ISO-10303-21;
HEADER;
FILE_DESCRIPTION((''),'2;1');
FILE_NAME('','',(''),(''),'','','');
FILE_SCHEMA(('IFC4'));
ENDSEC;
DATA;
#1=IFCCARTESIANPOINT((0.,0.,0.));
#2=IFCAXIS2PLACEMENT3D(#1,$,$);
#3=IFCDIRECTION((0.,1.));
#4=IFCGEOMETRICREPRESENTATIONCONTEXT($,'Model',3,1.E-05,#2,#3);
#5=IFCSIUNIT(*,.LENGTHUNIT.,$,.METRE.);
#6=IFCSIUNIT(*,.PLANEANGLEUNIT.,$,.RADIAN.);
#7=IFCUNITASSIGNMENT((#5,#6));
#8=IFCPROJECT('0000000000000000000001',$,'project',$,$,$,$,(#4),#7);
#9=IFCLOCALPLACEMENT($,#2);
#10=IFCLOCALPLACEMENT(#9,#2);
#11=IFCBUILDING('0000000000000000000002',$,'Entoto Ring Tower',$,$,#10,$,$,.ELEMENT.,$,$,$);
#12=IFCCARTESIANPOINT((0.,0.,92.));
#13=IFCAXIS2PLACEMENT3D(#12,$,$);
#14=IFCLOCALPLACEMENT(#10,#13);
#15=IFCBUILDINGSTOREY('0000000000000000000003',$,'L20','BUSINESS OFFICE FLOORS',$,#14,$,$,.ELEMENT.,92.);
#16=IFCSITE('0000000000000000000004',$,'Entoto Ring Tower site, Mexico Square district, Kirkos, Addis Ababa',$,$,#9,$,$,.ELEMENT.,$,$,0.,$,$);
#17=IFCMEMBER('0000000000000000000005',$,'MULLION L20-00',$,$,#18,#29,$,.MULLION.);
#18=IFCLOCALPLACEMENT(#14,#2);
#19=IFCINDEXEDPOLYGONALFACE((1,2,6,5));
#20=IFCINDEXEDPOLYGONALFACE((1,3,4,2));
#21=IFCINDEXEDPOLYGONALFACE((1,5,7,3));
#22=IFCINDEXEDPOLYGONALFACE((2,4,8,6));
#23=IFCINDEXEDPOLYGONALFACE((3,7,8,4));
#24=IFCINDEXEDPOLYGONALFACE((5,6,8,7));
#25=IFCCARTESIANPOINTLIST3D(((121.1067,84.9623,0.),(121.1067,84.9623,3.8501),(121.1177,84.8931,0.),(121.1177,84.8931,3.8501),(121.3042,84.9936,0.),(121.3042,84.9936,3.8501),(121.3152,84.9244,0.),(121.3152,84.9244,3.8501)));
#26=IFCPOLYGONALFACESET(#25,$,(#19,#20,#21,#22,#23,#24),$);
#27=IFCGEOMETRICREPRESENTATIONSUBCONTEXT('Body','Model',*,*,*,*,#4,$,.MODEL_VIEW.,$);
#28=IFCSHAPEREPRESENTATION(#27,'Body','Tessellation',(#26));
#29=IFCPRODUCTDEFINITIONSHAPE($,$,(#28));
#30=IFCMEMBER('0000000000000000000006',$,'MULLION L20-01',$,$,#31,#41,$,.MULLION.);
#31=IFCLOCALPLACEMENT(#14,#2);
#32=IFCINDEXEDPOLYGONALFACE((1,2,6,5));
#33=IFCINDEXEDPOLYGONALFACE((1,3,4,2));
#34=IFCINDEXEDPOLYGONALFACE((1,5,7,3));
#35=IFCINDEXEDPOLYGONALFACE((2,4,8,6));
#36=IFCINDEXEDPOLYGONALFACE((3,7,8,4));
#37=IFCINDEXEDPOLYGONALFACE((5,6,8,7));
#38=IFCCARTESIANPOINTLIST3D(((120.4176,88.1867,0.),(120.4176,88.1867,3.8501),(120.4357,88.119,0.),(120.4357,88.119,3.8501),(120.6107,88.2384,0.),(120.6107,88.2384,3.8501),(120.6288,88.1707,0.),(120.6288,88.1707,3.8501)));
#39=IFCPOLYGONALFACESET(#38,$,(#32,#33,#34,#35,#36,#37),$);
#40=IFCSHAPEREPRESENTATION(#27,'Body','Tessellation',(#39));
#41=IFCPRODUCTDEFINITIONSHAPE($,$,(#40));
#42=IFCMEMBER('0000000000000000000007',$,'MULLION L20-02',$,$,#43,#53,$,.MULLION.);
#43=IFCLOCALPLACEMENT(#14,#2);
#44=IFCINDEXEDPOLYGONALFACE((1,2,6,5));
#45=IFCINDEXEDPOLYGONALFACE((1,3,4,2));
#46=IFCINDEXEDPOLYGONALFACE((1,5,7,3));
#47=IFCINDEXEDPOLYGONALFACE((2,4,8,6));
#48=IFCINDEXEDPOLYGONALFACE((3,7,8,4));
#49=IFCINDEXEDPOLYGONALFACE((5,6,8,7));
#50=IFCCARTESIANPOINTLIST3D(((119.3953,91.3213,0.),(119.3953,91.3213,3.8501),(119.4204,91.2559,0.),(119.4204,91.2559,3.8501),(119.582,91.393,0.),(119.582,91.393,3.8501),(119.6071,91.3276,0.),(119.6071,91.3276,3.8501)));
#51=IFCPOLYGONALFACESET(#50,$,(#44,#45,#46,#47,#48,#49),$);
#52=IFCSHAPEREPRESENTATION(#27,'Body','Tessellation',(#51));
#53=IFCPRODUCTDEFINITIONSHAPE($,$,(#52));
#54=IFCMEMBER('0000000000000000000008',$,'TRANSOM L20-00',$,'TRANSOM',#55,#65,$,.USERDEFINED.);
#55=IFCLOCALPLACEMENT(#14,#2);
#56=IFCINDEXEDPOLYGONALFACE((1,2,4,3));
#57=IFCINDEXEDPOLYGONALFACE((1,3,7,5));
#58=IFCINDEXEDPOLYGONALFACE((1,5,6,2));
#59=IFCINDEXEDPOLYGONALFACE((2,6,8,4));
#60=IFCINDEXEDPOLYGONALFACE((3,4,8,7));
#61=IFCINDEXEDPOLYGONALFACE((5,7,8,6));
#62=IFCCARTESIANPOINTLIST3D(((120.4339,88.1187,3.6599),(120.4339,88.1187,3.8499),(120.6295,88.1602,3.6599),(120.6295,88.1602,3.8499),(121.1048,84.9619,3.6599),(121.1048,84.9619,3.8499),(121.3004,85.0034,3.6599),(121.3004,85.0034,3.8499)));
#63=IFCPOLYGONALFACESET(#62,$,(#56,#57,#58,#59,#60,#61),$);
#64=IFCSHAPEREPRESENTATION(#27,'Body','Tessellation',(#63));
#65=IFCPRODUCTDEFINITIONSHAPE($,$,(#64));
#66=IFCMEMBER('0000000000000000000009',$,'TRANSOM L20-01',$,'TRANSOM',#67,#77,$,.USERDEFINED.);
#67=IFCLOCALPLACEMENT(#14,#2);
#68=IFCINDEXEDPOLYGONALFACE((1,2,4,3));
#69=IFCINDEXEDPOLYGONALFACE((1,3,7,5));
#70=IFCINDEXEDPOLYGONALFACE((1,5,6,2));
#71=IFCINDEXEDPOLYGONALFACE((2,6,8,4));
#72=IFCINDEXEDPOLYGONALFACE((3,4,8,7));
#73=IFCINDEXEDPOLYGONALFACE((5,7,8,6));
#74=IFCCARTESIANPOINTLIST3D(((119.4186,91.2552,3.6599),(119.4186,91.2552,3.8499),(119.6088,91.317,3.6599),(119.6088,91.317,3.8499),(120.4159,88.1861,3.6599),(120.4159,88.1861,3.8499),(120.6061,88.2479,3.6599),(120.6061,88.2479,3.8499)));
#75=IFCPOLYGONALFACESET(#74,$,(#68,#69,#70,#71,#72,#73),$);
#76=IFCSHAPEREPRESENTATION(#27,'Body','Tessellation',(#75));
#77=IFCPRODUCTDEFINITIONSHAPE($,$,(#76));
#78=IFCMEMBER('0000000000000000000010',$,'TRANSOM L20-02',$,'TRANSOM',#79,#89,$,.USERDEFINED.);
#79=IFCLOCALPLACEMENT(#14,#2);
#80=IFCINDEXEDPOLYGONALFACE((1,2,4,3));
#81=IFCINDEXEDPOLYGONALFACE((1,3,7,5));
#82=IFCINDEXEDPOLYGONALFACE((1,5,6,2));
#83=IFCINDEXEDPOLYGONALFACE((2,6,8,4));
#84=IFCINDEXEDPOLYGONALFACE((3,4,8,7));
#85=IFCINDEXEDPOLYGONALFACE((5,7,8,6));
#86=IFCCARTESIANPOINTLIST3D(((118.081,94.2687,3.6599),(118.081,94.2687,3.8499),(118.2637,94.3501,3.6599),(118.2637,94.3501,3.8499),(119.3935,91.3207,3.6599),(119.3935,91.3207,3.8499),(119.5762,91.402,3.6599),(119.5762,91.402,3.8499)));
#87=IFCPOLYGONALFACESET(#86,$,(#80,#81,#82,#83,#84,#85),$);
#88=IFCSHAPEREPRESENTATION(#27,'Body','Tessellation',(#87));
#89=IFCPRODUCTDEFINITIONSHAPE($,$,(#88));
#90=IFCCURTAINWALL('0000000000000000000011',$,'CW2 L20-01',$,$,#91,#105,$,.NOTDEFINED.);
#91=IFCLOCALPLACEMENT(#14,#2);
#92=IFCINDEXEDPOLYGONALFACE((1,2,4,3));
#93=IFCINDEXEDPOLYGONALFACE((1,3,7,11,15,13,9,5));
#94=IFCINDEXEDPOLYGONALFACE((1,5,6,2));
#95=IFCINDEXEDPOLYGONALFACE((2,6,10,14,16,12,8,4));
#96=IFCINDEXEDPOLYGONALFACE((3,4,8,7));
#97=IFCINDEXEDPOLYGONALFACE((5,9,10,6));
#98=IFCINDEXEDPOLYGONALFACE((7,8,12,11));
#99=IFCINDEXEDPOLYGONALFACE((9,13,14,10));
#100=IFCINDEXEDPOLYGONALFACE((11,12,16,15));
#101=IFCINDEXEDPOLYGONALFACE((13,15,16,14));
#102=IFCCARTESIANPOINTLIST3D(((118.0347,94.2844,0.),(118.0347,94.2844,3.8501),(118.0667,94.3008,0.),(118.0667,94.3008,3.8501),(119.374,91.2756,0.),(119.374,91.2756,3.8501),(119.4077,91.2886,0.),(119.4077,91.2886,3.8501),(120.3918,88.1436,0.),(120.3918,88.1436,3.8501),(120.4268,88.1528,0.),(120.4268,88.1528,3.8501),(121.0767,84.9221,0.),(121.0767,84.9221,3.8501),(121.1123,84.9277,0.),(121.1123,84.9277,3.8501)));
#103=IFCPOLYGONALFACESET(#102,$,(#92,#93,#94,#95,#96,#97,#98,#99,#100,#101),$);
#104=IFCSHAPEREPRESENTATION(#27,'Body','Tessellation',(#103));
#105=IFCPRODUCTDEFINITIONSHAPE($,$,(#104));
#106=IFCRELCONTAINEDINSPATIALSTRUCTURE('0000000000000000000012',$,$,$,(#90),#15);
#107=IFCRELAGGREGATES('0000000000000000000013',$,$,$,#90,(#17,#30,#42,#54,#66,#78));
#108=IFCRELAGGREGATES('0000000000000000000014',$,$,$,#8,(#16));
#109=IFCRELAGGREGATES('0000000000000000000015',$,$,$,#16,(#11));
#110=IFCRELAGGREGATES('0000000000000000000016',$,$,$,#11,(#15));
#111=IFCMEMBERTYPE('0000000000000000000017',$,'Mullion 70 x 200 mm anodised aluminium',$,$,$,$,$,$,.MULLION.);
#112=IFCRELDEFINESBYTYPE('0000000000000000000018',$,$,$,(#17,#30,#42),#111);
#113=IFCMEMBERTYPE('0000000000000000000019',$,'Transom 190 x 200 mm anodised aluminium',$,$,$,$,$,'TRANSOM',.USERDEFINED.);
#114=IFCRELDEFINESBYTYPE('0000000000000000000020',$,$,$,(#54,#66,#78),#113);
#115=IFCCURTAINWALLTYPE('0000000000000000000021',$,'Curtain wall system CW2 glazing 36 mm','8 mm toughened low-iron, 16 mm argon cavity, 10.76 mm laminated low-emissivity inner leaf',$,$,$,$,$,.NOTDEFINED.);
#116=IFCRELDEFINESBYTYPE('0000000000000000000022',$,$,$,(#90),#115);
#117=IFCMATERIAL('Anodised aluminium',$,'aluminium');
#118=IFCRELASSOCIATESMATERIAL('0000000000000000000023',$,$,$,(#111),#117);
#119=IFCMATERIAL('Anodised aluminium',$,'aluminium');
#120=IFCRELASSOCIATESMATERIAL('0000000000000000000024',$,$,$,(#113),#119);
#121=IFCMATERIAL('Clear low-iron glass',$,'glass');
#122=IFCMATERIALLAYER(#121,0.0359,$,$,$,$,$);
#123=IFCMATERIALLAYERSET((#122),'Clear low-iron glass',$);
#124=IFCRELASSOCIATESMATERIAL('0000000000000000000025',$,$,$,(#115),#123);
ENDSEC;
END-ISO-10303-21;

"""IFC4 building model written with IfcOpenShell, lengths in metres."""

from ifc_helpers import new_model, si_unit, direction, frame, origin, origin_2d, place, context, subcontext, project, spatial, polyline, rectangle, outline, extrude, material, layer, layer_set, material_profile, profile_set, type_object, element, aggregate, save


model = new_model("IFC4")

# Units and contexts
model_context = context("Model", 3, precision=1e-05, world=origin(), true_north=direction((0.0, 1.0)))
body_context = subcontext(model_context, "Body", "Model", "MODEL_VIEW")
ifc_project = project(units=[si_unit("LENGTHUNIT", "METRE"), si_unit("PLANEANGLEUNIT", "RADIAN")], contexts=[model_context])

# Members
ifc_material_1 = material(Name="Anodised aluminium", Category="aluminium")
ifc_material_profile_1 = material_profile(ifc_material_1, rectangle(XDim=0.0701, YDim=0.2, at=origin_2d()), Name="Mullion 70 x 200 mm anodised aluminium")
ifc_profile_set_1 = profile_set([ifc_material_profile_1], Name="Anodised aluminium")
member_type_1 = type_object("IfcMemberType", Name="Mullion 70 x 200 mm anodised aluminium", PredefinedType="MULLION", material=ifc_profile_set_1)
site_placement = place(None, origin())
building_placement = place(site_placement, origin())
storey_placement = place(building_placement, frame((0.0, 0.0, 92.0)))
member_1_placement = place(storey_placement, frame((121.2109, 84.9434, 0.0), z_axis=(0.0, 0.0, 1.0), x_axis=(-0.156434, 0.987688, 0.0)))
member_1 = element("IfcMember", 1, at=member_1_placement, type_object=member_type_1, Name="MULLION L20-00", PredefinedType="MULLION", context=body_context, shape_type="SweptSolid", body=[
    extrude(rectangle(XDim=0.0701, YDim=0.2, at=origin_2d()), origin(), (0.0, 0.0, 1.0), 3.8501),
])
member_2_placement = place(storey_placement, frame((120.5232, 88.1787, 0.0), z_axis=(0.0, 0.0, 1.0), x_axis=(-0.258819, 0.965926, 0.0)))
member_2 = element("IfcMember", 2, at=member_2_placement, type_object=member_type_1, Name="MULLION L20-01", PredefinedType="MULLION", context=body_context, shape_type="SweptSolid", body=[
    extrude(rectangle(XDim=0.0701, YDim=0.2, at=origin_2d()), origin(), (0.0, 0.0, 1.0), 3.8501),
])
member_3_placement = place(storey_placement, frame((119.5012, 91.3245, 0.0), z_axis=(0.0, 0.0, 1.0), x_axis=(-0.358368, 0.93358, 0.0)))
member_3 = element("IfcMember", 3, at=member_3_placement, type_object=member_type_1, Name="MULLION L20-02", PredefinedType="MULLION", context=body_context, shape_type="SweptSolid", body=[
    extrude(rectangle(XDim=0.0701, YDim=0.2, at=origin_2d()), origin(), (0.0, 0.0, 1.0), 3.8501),
])
ifc_material_2 = material(Name="Anodised aluminium", Category="aluminium")
ifc_material_profile_2 = material_profile(ifc_material_2, rectangle(XDim=0.2, YDim=0.1899, at=origin_2d()), Name="Transom 190 x 200 mm anodised aluminium")
ifc_profile_set_2 = profile_set([ifc_material_profile_2], Name="Anodised aluminium")
member_type_2 = type_object("IfcMemberType", Name="Transom 190 x 200 mm anodised aluminium", ElementType="TRANSOM", PredefinedType="USERDEFINED", material=ifc_profile_set_2)
member_4_placement = place(storey_placement, frame((121.2026, 84.9827, 3.7549), z_axis=(-0.207886, 0.978153, 0.0), x_axis=(-0.978153, -0.207886, 0.0)))
member_4 = element("IfcMember", 4, at=member_4_placement, type_object=member_type_2, Name="TRANSOM L20-00", ObjectType="TRANSOM", PredefinedType="USERDEFINED", context=body_context, shape_type="SweptSolid", body=[
    extrude(rectangle(XDim=0.2, YDim=0.1899, at=origin_2d()), origin(), (0.0, 0.0, 1.0), 3.2273),
])
member_5_placement = place(storey_placement, frame((120.511, 88.217, 3.7549), z_axis=(-0.309047, 0.951047, 0.0), x_axis=(-0.951047, -0.309047, 0.0)))
member_5 = element("IfcMember", 5, at=member_5_placement, type_object=member_type_2, Name="TRANSOM L20-01", ObjectType="TRANSOM", PredefinedType="USERDEFINED", context=body_context, shape_type="SweptSolid", body=[
    extrude(rectangle(XDim=0.2, YDim=0.1899, at=origin_2d()), origin(), (0.0, 0.0, 1.0), 3.2271),
])
member_6_placement = place(storey_placement, frame((119.4849, 91.3613, 3.7549), z_axis=(-0.406728, 0.913549, 0.0), x_axis=(-0.913549, -0.406728, 0.0)))
member_6 = element("IfcMember", 6, at=member_6_placement, type_object=member_type_2, Name="TRANSOM L20-02", ObjectType="TRANSOM", PredefinedType="USERDEFINED", context=body_context, shape_type="SweptSolid", body=[
    extrude(rectangle(XDim=0.2, YDim=0.1899, at=origin_2d()), origin(), (0.0, 0.0, 1.0), 3.2271),
])

# Site, building, storey
site = spatial("IfcSite", under=ifc_project, at=site_placement, Name="Entoto Ring Tower site, Mexico Square district, Kirkos, Addis Ababa", CompositionType="ELEMENT", RefElevation=0.0)
building = spatial("IfcBuilding", under=site, at=building_placement, Name="Entoto Ring Tower", CompositionType="ELEMENT")
storey = spatial("IfcBuildingStorey", under=building, at=storey_placement, Name="L20", Description="BUSINESS OFFICE FLOORS", CompositionType="ELEMENT", Elevation=92.0)

# Curtain wall
ifc_material_3 = material(Name="Clear low-iron glass", Category="glass")
ifc_layer_1 = layer(ifc_material_3, 0.0359)
ifc_layer_set_1 = layer_set([ifc_layer_1], Name="Clear low-iron glass")
curtain_wall_type = type_object("IfcCurtainWallType", Name="Curtain wall system CW2 glazing 36 mm", Description="8 mm toughened low-iron, 16 mm argon cavity, 10.76 mm laminated low-emissivity inner leaf", PredefinedType="NOTDEFINED", material=ifc_layer_set_1)
curtain_wall_1_placement = place(storey_placement, origin())
curtain_wall_1 = element("IfcCurtainWall", 7, at=curtain_wall_1_placement, inside=storey, type_object=curtain_wall_type, Name="CW2 L20-01", PredefinedType="NOTDEFINED", context=body_context, shape_type="SweptSolid", body=[
    extrude(outline(polyline([(121.1123, 84.9277), (120.4268, 88.1528), (119.4077, 91.2886), (118.0667, 94.3008), (118.0347, 94.2844), (119.374, 91.2756), (120.3918, 88.1436), (121.0767, 84.9221), (121.1123, 84.9277)])), origin(), (0.0, 0.0, 1.0), 3.8501),
])
aggregate(curtain_wall_1, [member_1, member_2, member_3, member_4, member_5, member_6])

save(model, "model.ifc")
